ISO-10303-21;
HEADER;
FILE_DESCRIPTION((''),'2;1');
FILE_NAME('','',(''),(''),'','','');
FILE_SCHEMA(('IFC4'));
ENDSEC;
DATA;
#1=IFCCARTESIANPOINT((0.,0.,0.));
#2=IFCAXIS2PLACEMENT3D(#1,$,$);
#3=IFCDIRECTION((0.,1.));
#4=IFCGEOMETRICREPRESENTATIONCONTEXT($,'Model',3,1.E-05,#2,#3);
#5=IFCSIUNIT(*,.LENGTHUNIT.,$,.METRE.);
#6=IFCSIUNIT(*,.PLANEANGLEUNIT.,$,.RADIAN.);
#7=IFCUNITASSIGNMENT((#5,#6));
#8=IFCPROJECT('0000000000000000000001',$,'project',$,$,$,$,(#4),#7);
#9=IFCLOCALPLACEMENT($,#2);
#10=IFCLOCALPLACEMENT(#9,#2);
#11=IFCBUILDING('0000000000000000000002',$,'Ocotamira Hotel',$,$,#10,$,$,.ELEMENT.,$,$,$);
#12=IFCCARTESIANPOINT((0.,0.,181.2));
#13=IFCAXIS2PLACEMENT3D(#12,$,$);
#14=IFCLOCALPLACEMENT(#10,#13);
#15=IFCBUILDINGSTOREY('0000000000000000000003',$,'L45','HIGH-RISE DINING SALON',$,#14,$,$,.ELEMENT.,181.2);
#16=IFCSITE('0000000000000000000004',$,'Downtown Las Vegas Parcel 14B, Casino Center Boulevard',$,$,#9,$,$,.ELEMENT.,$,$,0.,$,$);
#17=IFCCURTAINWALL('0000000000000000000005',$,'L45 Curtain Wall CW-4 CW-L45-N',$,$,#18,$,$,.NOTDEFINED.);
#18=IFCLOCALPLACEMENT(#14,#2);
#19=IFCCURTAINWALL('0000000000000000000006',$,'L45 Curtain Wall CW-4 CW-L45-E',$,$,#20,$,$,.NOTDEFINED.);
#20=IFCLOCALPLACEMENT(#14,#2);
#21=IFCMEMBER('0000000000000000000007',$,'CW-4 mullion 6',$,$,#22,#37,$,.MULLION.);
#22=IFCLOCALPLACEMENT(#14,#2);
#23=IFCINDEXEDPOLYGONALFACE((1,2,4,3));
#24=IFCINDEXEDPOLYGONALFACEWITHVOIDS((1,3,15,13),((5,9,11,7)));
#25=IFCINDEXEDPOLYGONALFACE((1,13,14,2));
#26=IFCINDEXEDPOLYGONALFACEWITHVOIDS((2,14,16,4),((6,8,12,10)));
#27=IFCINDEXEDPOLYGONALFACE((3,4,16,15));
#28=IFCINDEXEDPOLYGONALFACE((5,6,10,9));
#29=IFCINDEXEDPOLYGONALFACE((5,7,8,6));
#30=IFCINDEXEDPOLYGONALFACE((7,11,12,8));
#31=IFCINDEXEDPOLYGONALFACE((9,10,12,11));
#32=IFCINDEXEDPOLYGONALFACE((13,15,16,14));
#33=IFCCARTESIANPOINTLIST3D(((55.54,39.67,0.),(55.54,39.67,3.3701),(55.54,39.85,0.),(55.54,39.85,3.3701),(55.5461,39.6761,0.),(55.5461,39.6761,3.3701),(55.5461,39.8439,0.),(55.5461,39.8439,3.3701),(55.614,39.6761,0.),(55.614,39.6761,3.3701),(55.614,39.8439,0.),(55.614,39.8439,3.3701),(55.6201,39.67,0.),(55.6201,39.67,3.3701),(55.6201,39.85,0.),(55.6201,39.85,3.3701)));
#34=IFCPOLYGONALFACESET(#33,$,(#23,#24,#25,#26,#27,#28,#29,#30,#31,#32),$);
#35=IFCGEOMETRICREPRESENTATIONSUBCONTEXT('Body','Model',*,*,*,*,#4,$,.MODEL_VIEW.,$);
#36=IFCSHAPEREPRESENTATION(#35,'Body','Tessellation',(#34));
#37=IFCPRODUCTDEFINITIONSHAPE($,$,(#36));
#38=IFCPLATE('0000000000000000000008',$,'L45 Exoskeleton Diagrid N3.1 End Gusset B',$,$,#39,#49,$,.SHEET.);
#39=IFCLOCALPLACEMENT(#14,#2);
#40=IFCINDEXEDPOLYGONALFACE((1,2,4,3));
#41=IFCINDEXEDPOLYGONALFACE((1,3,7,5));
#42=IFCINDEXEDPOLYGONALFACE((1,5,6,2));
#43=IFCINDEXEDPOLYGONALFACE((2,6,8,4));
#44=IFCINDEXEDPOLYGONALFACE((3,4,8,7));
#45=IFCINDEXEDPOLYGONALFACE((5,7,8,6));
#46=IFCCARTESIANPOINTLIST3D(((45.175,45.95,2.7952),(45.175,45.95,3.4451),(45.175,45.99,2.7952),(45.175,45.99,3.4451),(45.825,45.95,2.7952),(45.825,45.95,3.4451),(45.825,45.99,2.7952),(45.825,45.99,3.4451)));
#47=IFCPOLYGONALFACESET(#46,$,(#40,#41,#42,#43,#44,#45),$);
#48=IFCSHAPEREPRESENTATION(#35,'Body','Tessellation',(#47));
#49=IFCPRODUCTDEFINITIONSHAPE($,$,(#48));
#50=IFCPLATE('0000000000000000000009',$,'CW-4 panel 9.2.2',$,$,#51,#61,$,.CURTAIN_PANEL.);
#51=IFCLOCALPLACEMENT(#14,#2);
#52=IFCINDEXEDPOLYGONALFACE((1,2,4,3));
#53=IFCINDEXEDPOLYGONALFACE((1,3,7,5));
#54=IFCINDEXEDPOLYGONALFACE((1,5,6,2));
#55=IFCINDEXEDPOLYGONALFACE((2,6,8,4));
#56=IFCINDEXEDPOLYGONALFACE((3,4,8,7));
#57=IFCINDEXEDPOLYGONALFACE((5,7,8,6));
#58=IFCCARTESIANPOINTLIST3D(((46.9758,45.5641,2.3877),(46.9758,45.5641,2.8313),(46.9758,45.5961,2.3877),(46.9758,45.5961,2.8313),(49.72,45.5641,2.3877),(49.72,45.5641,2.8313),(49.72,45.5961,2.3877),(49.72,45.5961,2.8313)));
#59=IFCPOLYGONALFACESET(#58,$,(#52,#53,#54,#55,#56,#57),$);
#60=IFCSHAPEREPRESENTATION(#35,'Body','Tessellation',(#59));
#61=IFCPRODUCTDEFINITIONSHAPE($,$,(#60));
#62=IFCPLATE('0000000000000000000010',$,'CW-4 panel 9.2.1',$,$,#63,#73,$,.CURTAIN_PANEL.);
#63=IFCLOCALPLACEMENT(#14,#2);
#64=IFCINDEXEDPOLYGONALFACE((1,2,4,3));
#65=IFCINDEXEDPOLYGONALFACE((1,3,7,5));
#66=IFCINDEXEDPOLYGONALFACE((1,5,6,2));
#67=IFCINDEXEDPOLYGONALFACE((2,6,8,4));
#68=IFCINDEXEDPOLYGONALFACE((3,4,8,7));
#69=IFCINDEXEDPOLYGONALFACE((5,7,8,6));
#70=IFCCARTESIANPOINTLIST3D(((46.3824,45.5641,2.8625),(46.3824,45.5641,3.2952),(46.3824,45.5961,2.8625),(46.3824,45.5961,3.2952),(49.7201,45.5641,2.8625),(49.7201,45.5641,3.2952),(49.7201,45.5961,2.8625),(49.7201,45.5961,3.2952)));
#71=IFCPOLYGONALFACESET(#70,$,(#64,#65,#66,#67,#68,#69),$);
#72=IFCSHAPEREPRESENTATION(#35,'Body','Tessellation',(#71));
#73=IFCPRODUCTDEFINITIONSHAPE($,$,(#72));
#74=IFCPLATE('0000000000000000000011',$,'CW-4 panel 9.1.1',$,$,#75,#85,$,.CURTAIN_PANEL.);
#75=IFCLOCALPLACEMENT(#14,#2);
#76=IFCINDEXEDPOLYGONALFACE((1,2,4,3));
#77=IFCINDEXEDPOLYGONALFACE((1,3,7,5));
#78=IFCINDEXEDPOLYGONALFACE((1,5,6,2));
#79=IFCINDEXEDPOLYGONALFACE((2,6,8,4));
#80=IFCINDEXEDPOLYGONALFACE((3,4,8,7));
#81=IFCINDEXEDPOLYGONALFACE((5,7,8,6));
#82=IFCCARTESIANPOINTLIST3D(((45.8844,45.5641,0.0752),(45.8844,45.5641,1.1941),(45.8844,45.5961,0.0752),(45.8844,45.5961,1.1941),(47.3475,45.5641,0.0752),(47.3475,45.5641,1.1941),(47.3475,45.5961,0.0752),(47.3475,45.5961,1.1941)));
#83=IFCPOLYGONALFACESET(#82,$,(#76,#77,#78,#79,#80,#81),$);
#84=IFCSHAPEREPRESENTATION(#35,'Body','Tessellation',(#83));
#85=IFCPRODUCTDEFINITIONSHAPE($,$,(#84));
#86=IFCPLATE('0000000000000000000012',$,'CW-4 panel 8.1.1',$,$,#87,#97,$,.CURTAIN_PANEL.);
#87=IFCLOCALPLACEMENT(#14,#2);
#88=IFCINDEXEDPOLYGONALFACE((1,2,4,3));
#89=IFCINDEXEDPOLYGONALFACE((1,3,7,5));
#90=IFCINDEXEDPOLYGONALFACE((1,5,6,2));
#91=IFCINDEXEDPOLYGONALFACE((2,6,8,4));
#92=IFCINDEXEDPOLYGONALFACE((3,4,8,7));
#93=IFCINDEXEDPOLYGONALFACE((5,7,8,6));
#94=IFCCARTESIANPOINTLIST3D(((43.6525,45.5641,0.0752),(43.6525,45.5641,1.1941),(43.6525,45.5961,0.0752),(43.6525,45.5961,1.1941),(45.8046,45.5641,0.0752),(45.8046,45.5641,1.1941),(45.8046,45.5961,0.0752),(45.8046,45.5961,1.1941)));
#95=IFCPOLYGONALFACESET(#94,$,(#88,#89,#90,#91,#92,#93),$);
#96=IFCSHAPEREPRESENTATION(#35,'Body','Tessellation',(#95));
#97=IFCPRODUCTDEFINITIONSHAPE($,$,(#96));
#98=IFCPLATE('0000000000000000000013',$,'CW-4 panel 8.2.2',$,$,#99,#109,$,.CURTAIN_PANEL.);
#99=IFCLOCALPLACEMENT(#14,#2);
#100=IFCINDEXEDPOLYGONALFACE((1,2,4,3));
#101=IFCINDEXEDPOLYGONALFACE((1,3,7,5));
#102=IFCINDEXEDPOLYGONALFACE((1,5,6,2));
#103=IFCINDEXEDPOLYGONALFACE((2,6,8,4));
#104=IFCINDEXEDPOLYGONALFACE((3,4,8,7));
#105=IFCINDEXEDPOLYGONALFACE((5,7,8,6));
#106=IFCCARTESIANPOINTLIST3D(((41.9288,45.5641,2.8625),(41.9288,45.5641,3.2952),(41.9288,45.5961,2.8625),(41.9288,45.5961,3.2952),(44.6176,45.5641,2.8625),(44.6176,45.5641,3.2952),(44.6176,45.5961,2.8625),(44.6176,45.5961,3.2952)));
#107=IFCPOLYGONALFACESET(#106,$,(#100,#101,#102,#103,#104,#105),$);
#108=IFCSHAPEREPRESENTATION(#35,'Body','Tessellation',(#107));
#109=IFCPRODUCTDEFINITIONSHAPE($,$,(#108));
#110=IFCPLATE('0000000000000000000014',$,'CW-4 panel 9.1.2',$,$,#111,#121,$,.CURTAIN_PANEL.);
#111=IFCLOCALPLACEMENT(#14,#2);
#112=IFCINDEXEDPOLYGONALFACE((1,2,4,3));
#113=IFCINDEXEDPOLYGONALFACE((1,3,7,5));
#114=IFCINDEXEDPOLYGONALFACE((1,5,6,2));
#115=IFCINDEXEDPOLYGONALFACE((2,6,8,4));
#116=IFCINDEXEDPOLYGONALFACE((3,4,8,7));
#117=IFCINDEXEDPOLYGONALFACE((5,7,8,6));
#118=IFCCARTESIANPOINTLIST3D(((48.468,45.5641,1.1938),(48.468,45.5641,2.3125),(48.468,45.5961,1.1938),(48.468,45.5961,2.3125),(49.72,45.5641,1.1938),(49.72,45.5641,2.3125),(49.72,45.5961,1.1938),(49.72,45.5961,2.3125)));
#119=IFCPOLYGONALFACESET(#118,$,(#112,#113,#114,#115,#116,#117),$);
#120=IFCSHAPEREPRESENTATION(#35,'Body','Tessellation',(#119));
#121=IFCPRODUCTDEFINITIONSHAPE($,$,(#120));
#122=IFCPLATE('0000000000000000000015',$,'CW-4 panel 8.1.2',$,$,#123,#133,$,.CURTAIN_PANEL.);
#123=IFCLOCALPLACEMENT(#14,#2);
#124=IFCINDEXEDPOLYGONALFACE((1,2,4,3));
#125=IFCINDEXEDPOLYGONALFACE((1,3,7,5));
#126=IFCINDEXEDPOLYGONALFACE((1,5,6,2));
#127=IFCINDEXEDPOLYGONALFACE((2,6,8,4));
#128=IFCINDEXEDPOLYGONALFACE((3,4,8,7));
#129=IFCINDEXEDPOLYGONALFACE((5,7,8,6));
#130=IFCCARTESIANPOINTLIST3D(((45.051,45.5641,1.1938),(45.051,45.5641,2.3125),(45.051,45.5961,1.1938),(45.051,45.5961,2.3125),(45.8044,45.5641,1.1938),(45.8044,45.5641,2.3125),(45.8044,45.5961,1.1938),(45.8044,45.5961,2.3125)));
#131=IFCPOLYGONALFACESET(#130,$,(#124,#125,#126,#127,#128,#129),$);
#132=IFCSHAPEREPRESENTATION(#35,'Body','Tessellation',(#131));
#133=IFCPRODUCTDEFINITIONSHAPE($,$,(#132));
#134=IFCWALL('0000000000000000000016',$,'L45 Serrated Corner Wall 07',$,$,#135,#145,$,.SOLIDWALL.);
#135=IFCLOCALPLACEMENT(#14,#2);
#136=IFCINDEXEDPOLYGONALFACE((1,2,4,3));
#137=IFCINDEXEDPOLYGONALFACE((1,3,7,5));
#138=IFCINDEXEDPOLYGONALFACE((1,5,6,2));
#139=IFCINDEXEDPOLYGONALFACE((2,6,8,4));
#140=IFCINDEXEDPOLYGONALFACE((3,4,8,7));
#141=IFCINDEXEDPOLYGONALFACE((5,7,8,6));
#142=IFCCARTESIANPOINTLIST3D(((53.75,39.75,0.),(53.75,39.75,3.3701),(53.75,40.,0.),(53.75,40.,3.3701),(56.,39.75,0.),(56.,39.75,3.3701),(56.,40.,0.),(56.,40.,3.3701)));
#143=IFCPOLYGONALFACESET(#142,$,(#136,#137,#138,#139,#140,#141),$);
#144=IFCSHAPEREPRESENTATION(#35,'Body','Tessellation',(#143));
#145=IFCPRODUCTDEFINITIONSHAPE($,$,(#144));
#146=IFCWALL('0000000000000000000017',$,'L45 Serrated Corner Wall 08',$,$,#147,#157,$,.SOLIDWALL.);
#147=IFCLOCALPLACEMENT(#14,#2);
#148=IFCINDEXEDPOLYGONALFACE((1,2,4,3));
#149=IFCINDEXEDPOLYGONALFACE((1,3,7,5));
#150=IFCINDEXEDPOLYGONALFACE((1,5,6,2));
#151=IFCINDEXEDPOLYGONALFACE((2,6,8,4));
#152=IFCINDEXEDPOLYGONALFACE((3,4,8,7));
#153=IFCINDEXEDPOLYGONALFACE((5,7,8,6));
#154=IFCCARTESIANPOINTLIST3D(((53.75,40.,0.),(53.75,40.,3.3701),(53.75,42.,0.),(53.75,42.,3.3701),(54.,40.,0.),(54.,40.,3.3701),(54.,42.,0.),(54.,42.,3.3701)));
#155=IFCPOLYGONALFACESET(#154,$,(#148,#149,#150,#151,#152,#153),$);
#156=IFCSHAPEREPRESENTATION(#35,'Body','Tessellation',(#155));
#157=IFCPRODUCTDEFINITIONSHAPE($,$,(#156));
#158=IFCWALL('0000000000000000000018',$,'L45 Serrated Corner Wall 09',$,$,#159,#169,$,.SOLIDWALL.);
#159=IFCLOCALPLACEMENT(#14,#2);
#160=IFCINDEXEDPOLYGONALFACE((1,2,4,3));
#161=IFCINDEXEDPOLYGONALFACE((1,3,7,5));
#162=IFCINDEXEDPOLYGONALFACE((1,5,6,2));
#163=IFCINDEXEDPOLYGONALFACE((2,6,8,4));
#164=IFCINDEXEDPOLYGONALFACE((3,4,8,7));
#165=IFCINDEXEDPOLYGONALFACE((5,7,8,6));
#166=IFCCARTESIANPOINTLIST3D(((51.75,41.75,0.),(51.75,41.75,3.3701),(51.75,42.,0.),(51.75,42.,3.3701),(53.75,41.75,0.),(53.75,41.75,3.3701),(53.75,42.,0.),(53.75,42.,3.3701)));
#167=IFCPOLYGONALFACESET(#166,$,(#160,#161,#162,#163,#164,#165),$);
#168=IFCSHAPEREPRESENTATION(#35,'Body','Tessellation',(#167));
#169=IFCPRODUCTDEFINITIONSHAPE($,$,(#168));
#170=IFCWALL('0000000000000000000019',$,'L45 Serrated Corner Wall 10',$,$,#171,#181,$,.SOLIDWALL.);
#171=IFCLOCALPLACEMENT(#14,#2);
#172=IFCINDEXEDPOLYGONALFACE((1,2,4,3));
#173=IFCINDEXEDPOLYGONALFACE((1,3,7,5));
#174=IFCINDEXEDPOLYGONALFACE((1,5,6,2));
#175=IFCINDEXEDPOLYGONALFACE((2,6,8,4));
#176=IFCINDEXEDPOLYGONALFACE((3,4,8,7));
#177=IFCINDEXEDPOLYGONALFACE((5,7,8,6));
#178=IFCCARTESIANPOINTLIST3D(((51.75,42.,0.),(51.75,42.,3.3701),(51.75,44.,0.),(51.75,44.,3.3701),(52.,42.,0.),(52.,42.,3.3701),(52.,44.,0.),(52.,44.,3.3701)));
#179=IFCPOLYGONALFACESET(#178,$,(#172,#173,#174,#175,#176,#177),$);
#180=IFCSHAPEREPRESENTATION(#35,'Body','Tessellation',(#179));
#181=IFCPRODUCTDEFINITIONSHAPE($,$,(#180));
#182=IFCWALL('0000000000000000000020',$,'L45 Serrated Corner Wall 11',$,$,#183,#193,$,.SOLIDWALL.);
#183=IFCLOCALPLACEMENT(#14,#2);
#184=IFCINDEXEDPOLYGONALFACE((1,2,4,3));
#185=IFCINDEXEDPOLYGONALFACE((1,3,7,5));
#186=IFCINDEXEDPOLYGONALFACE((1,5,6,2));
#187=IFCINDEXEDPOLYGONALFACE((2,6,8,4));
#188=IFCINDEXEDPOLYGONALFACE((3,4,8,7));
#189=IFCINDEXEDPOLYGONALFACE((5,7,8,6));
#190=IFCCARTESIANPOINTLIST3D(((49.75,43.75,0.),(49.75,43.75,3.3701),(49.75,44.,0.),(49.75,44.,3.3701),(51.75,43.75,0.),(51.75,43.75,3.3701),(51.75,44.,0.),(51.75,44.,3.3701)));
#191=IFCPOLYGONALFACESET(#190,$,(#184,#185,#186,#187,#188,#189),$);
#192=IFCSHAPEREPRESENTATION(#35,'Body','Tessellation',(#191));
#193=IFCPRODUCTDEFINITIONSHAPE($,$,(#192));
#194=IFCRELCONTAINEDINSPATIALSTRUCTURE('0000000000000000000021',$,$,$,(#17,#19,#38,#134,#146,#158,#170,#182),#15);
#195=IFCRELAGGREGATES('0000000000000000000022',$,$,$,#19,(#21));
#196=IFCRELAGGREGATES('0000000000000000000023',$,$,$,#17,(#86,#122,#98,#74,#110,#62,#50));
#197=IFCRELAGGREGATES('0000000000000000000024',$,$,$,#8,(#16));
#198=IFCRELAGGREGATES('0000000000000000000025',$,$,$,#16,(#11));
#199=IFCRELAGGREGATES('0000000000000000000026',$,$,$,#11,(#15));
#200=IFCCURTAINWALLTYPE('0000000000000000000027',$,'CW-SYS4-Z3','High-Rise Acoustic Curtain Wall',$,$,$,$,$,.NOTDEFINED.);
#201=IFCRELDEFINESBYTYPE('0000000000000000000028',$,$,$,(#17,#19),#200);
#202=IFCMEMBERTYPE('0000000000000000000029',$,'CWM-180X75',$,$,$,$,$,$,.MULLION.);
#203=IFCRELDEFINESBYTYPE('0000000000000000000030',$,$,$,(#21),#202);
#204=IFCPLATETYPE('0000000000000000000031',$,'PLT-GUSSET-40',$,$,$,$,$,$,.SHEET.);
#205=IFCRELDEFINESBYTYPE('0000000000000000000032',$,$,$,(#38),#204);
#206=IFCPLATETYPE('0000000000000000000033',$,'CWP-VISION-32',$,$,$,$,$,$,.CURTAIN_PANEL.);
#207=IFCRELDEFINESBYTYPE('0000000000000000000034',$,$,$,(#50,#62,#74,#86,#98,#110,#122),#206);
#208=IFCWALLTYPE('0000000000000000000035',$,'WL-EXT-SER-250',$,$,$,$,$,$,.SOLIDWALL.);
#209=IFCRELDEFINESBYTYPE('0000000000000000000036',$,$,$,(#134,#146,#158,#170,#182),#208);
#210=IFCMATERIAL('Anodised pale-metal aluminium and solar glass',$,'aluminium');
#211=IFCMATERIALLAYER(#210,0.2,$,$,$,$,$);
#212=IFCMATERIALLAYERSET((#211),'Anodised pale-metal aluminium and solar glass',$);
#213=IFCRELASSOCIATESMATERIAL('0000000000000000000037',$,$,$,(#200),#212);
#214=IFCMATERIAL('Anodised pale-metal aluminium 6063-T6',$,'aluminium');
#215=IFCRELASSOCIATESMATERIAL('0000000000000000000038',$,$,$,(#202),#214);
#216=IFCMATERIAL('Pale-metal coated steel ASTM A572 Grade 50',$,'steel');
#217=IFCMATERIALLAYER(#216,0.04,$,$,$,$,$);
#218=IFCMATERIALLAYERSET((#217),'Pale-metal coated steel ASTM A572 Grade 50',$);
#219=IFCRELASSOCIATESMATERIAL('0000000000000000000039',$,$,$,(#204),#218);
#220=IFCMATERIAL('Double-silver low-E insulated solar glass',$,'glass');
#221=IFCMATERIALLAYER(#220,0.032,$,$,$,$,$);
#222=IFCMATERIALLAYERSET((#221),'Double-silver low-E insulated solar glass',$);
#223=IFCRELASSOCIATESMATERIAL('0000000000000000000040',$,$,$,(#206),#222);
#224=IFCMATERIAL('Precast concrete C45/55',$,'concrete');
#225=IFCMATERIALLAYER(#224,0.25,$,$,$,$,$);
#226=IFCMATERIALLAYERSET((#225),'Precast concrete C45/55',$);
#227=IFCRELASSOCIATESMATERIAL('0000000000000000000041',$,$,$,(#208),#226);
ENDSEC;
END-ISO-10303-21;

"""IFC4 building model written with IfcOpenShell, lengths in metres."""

from ifc_helpers import new_model, si_unit, direction, frame, frame_2d, origin, origin_2d, place, context, subcontext, project, spatial, rectangle, hollow_rectangle, extrude, source, transform, mapped, material, layer, layer_set, material_profile, profile_set, type_object, element, aggregate, save


model = new_model("IFC4")

# Units and contexts
model_context = context("Model", 3, precision=1e-05, world=origin(), true_north=direction((0.0, 1.0)))
body_context = subcontext(model_context, "Body", "Model", "MODEL_VIEW")
ifc_project = project(units=[si_unit("LENGTHUNIT", "METRE"), si_unit("PLANEANGLEUNIT", "RADIAN")], contexts=[model_context])

# Site, building, storey
site_placement = place(None, origin())
site = spatial("IfcSite", under=ifc_project, at=site_placement, Name="Downtown Las Vegas Parcel 14B, Casino Center Boulevard", CompositionType="ELEMENT", RefElevation=0.0)
building_placement = place(site_placement, origin())
building = spatial("IfcBuilding", under=site, at=building_placement, Name="Ocotamira Hotel", CompositionType="ELEMENT")
storey_placement = place(building_placement, frame((0.0, 0.0, 181.2)))
storey = spatial("IfcBuildingStorey", under=building, at=storey_placement, Name="L45", Description="HIGH-RISE DINING SALON", CompositionType="ELEMENT", Elevation=181.2)

# Curtain wall
ifc_material_1 = material(Name="Anodised pale-metal aluminium and solar glass", Category="aluminium")
ifc_layer_1 = layer(ifc_material_1, 0.2)
ifc_layer_set_1 = layer_set([ifc_layer_1], Name="Anodised pale-metal aluminium and solar glass")
curtain_wall_type = type_object("IfcCurtainWallType", Name="CW-SYS4-Z3", Description="High-Rise Acoustic Curtain Wall", PredefinedType="NOTDEFINED", material=ifc_layer_set_1)
curtain_wall_1_placement = place(storey_placement, origin())
curtain_wall_1 = element("IfcCurtainWall", 1, at=curtain_wall_1_placement, inside=storey, type_object=curtain_wall_type, Name="L45 Curtain Wall CW-4 CW-L45-N", PredefinedType="NOTDEFINED")
ifc_material_2 = material(Name="Anodised pale-metal aluminium 6063-T6", Category="aluminium")
ifc_material_profile_1 = material_profile(ifc_material_2, hollow_rectangle(XDim=0.0801, YDim=0.1799, WallThickness=0.0061, at=origin_2d()), Name="HSS180X80X6")
ifc_profile_set_1 = profile_set([ifc_material_profile_1], Name="Anodised pale-metal aluminium 6063-T6")
member_type_1 = type_object("IfcMemberType", Name="CWM-180X75", PredefinedType="MULLION", material=ifc_profile_set_1)
shared_shape_1 = source(origin(), body_context, "Body", "SweptSolid", [
    extrude(hollow_rectangle(XDim=0.0801, YDim=0.1799, WallThickness=0.0061, at=origin_2d()), origin(), (0.0, 0.0, 1.0), 3.3701),
])

# Curtain wall, member
curtain_wall_2_placement = place(storey_placement, origin())
curtain_wall_2 = element("IfcCurtainWall", 2, at=curtain_wall_2_placement, inside=storey, type_object=curtain_wall_type, Name="L45 Curtain Wall CW-4 CW-L45-E", PredefinedType="NOTDEFINED")
member_1_placement = place(storey_placement, frame((55.5801, 39.76, 0.0), z_axis=(0.0, 0.0, 1.0), x_axis=(-1.0, 0.0, 0.0)))
member_1 = element("IfcMember", 3, at=member_1_placement, type_object=member_type_1, Name="CW-4 mullion 6", PredefinedType="MULLION", context=body_context, shape_type="MappedRepresentation", body=[
    mapped(shared_shape_1, transform((0.0, 0.0, 0.0), scale=1.0)),
])
aggregate(curtain_wall_2, [member_1])

# Plates
ifc_material_3 = material(Name="Pale-metal coated steel ASTM A572 Grade 50", Category="steel")
ifc_layer_2 = layer(ifc_material_3, 0.04)
ifc_layer_set_2 = layer_set([ifc_layer_2], Name="Pale-metal coated steel ASTM A572 Grade 50")
plate_type_1 = type_object("IfcPlateType", Name="PLT-GUSSET-40", PredefinedType="SHEET", material=ifc_layer_set_2)
shared_shape_2 = source(origin(), body_context, "Body", "SweptSolid", [
    extrude(rectangle(XDim=0.6499, YDim=0.04, at=origin_2d()), origin(), (0.0, 0.0, 1.0), 0.6499),
])
plate_1_placement = place(storey_placement, frame((45.5, 45.97, 2.7952), z_axis=(0.0, 0.0, 1.0), x_axis=(1.0, 0.0, 0.0)))
element("IfcPlate", 4, at=plate_1_placement, inside=storey, type_object=plate_type_1, Name="L45 Exoskeleton Diagrid N3.1 End Gusset B", PredefinedType="SHEET", context=body_context, shape_type="MappedRepresentation", body=[
    mapped(shared_shape_2, transform((0.0, 0.0, 0.0), scale=1.0)),
])
ifc_material_4 = material(Name="Double-silver low-E insulated solar glass", Category="glass")
ifc_layer_3 = layer(ifc_material_4, 0.032)
ifc_layer_set_3 = layer_set([ifc_layer_3], Name="Double-silver low-E insulated solar glass")
plate_type_2 = type_object("IfcPlateType", Name="CWP-VISION-32", PredefinedType="CURTAIN_PANEL", material=ifc_layer_set_3)
shared_shape_3 = source(origin(), body_context, "Body", "SweptSolid", [
    extrude(rectangle(XDim=2.7441, YDim=0.032, at=origin_2d()), origin(), (0.0, 0.0, 1.0), 0.4436),
])
plate_2_placement = place(storey_placement, frame((48.3479, 45.5801, 2.3877), z_axis=(0.0, 0.0, 1.0), x_axis=(1.0, 0.0, 0.0)))
plate_2 = element("IfcPlate", 5, at=plate_2_placement, type_object=plate_type_2, Name="CW-4 panel 9.2.2", PredefinedType="CURTAIN_PANEL", context=body_context, shape_type="MappedRepresentation", body=[
    mapped(shared_shape_3, transform((0.0, 0.0, 0.0), scale=1.0)),
])
shared_shape_4 = source(origin(), body_context, "Body", "SweptSolid", [
    extrude(rectangle(XDim=3.3376, YDim=0.032, at=origin_2d()), origin(), (0.0, 0.0, 1.0), 0.4326),
])
plate_3_placement = place(storey_placement, frame((48.0513, 45.5801, 2.8625), z_axis=(0.0, 0.0, 1.0), x_axis=(1.0, 0.0, 0.0)))
plate_3 = element("IfcPlate", 6, at=plate_3_placement, type_object=plate_type_2, Name="CW-4 panel 9.2.1", PredefinedType="CURTAIN_PANEL", context=body_context, shape_type="MappedRepresentation", body=[
    mapped(shared_shape_4, transform((0.0, 0.0, 0.0), scale=1.0)),
])
shared_shape_5 = source(origin(), body_context, "Body", "SweptSolid", [
    extrude(rectangle(XDim=1.4631, YDim=0.032, at=origin_2d()), origin(), (0.0, 0.0, 1.0), 1.1189),
])
plate_4_placement = place(storey_placement, frame((46.616, 45.5801, 0.0752), z_axis=(0.0, 0.0, 1.0), x_axis=(1.0, 0.0, 0.0)))
plate_4 = element("IfcPlate", 7, at=plate_4_placement, type_object=plate_type_2, Name="CW-4 panel 9.1.1", PredefinedType="CURTAIN_PANEL", context=body_context, shape_type="MappedRepresentation", body=[
    mapped(shared_shape_5, transform((0.0, 0.0, 0.0), scale=1.0)),
])
shared_shape_6 = source(origin(), body_context, "Body", "SweptSolid", [
    extrude(rectangle(XDim=2.1521, YDim=0.032, at=origin_2d()), origin(), (0.0, 0.0, 1.0), 1.1189),
])
plate_5_placement = place(storey_placement, frame((44.7285, 45.5801, 0.0752), z_axis=(0.0, 0.0, 1.0), x_axis=(1.0, 0.0, 0.0)))
plate_5 = element("IfcPlate", 8, at=plate_5_placement, type_object=plate_type_2, Name="CW-4 panel 8.1.1", PredefinedType="CURTAIN_PANEL", context=body_context, shape_type="MappedRepresentation", body=[
    mapped(shared_shape_6, transform((0.0, 0.0, 0.0), scale=1.0)),
])
shared_shape_7 = source(origin(), body_context, "Body", "SweptSolid", [
    extrude(rectangle(XDim=2.6887, YDim=0.032, at=origin_2d()), origin(), (0.0, 0.0, 1.0), 0.4326),
])
plate_6_placement = place(storey_placement, frame((43.2732, 45.5801, 2.8625), z_axis=(0.0, 0.0, 1.0), x_axis=(1.0, 0.0, 0.0)))
plate_6 = element("IfcPlate", 9, at=plate_6_placement, type_object=plate_type_2, Name="CW-4 panel 8.2.2", PredefinedType="CURTAIN_PANEL", context=body_context, shape_type="MappedRepresentation", body=[
    mapped(shared_shape_7, transform((0.0, 0.0, 0.0), scale=1.0)),
])
shared_shape_8 = source(origin(), body_context, "Body", "SweptSolid", [
    extrude(rectangle(XDim=1.252, YDim=0.032, at=origin_2d()), origin(), (0.0, 0.0, 1.0), 1.1187),
])
plate_7_placement = place(storey_placement, frame((49.094, 45.5801, 1.1938), z_axis=(0.0, 0.0, 1.0), x_axis=(1.0, 0.0, 0.0)))
plate_7 = element("IfcPlate", 10, at=plate_7_placement, type_object=plate_type_2, Name="CW-4 panel 9.1.2", PredefinedType="CURTAIN_PANEL", context=body_context, shape_type="MappedRepresentation", body=[
    mapped(shared_shape_8, transform((0.0, 0.0, 0.0), scale=1.0)),
])
shared_shape_9 = source(origin(), body_context, "Body", "SweptSolid", [
    extrude(rectangle(XDim=0.7534, YDim=0.032, at=origin_2d()), origin(), (0.0, 0.0, 1.0), 1.1187),
])
plate_8_placement = place(storey_placement, frame((45.4277, 45.5801, 1.1938), z_axis=(0.0, 0.0, 1.0), x_axis=(1.0, 0.0, 0.0)))
plate_8 = element("IfcPlate", 11, at=plate_8_placement, type_object=plate_type_2, Name="CW-4 panel 8.1.2", PredefinedType="CURTAIN_PANEL", context=body_context, shape_type="MappedRepresentation", body=[
    mapped(shared_shape_9, transform((0.0, 0.0, 0.0), scale=1.0)),
])
aggregate(curtain_wall_1, [plate_5, plate_8, plate_6, plate_4, plate_7, plate_3, plate_2])

# Walls
ifc_material_5 = material(Name="Precast concrete C45/55", Category="concrete")
ifc_layer_4 = layer(ifc_material_5, 0.25)
ifc_layer_set_4 = layer_set([ifc_layer_4], Name="Precast concrete C45/55")
wall_type_1 = type_object("IfcWallType", Name="WL-EXT-SER-250", PredefinedType="SOLIDWALL", material=ifc_layer_set_4)
wall_1_placement = place(storey_placement, frame((56.0, 39.875, 0.0), z_axis=(0.0, 0.0, 1.0), x_axis=(-1.0, 0.0, 0.0)))
element("IfcWall", 12, at=wall_1_placement, inside=storey, type_object=wall_type_1, Name="L45 Serrated Corner Wall 07", PredefinedType="SOLIDWALL", context=body_context, shape_type="SweptSolid", body=[
    extrude(rectangle(XDim=2.25, YDim=0.25, at=frame_2d((1.125, 0.0))), origin(), (0.0, 0.0, 1.0), 3.3701),
])
for number, where, z_axis, x_axis, name in (
    (13, (53.875, 40.0, 0.0), (0.0, 0.0, 1.0), (0.0, 1.0, 0.0), "L45 Serrated Corner Wall 08"),
    (14, (53.75, 41.875, 0.0), (0.0, 0.0, 1.0), (-1.0, 0.0, 0.0), "L45 Serrated Corner Wall 09"),
    (15, (51.875, 42.0, 0.0), (0.0, 0.0, 1.0), (0.0, 1.0, 0.0), "L45 Serrated Corner Wall 10"),
    (16, (51.75, 43.875, 0.0), (0.0, 0.0, 1.0), (-1.0, 0.0, 0.0), "L45 Serrated Corner Wall 11"),
):
    element("IfcWall", number, at=place(storey_placement, frame(where, z_axis=z_axis, x_axis=x_axis)), inside=storey, type_object=wall_type_1, Name=name, PredefinedType="SOLIDWALL", context=body_context, shape_type="SweptSolid", body=[
        extrude(rectangle(XDim=2.0, YDim=0.25, at=frame_2d((1.0, 0.0))), origin(), (0.0, 0.0, 1.0), 3.3701),
    ])

save(model, "model.ifc")
